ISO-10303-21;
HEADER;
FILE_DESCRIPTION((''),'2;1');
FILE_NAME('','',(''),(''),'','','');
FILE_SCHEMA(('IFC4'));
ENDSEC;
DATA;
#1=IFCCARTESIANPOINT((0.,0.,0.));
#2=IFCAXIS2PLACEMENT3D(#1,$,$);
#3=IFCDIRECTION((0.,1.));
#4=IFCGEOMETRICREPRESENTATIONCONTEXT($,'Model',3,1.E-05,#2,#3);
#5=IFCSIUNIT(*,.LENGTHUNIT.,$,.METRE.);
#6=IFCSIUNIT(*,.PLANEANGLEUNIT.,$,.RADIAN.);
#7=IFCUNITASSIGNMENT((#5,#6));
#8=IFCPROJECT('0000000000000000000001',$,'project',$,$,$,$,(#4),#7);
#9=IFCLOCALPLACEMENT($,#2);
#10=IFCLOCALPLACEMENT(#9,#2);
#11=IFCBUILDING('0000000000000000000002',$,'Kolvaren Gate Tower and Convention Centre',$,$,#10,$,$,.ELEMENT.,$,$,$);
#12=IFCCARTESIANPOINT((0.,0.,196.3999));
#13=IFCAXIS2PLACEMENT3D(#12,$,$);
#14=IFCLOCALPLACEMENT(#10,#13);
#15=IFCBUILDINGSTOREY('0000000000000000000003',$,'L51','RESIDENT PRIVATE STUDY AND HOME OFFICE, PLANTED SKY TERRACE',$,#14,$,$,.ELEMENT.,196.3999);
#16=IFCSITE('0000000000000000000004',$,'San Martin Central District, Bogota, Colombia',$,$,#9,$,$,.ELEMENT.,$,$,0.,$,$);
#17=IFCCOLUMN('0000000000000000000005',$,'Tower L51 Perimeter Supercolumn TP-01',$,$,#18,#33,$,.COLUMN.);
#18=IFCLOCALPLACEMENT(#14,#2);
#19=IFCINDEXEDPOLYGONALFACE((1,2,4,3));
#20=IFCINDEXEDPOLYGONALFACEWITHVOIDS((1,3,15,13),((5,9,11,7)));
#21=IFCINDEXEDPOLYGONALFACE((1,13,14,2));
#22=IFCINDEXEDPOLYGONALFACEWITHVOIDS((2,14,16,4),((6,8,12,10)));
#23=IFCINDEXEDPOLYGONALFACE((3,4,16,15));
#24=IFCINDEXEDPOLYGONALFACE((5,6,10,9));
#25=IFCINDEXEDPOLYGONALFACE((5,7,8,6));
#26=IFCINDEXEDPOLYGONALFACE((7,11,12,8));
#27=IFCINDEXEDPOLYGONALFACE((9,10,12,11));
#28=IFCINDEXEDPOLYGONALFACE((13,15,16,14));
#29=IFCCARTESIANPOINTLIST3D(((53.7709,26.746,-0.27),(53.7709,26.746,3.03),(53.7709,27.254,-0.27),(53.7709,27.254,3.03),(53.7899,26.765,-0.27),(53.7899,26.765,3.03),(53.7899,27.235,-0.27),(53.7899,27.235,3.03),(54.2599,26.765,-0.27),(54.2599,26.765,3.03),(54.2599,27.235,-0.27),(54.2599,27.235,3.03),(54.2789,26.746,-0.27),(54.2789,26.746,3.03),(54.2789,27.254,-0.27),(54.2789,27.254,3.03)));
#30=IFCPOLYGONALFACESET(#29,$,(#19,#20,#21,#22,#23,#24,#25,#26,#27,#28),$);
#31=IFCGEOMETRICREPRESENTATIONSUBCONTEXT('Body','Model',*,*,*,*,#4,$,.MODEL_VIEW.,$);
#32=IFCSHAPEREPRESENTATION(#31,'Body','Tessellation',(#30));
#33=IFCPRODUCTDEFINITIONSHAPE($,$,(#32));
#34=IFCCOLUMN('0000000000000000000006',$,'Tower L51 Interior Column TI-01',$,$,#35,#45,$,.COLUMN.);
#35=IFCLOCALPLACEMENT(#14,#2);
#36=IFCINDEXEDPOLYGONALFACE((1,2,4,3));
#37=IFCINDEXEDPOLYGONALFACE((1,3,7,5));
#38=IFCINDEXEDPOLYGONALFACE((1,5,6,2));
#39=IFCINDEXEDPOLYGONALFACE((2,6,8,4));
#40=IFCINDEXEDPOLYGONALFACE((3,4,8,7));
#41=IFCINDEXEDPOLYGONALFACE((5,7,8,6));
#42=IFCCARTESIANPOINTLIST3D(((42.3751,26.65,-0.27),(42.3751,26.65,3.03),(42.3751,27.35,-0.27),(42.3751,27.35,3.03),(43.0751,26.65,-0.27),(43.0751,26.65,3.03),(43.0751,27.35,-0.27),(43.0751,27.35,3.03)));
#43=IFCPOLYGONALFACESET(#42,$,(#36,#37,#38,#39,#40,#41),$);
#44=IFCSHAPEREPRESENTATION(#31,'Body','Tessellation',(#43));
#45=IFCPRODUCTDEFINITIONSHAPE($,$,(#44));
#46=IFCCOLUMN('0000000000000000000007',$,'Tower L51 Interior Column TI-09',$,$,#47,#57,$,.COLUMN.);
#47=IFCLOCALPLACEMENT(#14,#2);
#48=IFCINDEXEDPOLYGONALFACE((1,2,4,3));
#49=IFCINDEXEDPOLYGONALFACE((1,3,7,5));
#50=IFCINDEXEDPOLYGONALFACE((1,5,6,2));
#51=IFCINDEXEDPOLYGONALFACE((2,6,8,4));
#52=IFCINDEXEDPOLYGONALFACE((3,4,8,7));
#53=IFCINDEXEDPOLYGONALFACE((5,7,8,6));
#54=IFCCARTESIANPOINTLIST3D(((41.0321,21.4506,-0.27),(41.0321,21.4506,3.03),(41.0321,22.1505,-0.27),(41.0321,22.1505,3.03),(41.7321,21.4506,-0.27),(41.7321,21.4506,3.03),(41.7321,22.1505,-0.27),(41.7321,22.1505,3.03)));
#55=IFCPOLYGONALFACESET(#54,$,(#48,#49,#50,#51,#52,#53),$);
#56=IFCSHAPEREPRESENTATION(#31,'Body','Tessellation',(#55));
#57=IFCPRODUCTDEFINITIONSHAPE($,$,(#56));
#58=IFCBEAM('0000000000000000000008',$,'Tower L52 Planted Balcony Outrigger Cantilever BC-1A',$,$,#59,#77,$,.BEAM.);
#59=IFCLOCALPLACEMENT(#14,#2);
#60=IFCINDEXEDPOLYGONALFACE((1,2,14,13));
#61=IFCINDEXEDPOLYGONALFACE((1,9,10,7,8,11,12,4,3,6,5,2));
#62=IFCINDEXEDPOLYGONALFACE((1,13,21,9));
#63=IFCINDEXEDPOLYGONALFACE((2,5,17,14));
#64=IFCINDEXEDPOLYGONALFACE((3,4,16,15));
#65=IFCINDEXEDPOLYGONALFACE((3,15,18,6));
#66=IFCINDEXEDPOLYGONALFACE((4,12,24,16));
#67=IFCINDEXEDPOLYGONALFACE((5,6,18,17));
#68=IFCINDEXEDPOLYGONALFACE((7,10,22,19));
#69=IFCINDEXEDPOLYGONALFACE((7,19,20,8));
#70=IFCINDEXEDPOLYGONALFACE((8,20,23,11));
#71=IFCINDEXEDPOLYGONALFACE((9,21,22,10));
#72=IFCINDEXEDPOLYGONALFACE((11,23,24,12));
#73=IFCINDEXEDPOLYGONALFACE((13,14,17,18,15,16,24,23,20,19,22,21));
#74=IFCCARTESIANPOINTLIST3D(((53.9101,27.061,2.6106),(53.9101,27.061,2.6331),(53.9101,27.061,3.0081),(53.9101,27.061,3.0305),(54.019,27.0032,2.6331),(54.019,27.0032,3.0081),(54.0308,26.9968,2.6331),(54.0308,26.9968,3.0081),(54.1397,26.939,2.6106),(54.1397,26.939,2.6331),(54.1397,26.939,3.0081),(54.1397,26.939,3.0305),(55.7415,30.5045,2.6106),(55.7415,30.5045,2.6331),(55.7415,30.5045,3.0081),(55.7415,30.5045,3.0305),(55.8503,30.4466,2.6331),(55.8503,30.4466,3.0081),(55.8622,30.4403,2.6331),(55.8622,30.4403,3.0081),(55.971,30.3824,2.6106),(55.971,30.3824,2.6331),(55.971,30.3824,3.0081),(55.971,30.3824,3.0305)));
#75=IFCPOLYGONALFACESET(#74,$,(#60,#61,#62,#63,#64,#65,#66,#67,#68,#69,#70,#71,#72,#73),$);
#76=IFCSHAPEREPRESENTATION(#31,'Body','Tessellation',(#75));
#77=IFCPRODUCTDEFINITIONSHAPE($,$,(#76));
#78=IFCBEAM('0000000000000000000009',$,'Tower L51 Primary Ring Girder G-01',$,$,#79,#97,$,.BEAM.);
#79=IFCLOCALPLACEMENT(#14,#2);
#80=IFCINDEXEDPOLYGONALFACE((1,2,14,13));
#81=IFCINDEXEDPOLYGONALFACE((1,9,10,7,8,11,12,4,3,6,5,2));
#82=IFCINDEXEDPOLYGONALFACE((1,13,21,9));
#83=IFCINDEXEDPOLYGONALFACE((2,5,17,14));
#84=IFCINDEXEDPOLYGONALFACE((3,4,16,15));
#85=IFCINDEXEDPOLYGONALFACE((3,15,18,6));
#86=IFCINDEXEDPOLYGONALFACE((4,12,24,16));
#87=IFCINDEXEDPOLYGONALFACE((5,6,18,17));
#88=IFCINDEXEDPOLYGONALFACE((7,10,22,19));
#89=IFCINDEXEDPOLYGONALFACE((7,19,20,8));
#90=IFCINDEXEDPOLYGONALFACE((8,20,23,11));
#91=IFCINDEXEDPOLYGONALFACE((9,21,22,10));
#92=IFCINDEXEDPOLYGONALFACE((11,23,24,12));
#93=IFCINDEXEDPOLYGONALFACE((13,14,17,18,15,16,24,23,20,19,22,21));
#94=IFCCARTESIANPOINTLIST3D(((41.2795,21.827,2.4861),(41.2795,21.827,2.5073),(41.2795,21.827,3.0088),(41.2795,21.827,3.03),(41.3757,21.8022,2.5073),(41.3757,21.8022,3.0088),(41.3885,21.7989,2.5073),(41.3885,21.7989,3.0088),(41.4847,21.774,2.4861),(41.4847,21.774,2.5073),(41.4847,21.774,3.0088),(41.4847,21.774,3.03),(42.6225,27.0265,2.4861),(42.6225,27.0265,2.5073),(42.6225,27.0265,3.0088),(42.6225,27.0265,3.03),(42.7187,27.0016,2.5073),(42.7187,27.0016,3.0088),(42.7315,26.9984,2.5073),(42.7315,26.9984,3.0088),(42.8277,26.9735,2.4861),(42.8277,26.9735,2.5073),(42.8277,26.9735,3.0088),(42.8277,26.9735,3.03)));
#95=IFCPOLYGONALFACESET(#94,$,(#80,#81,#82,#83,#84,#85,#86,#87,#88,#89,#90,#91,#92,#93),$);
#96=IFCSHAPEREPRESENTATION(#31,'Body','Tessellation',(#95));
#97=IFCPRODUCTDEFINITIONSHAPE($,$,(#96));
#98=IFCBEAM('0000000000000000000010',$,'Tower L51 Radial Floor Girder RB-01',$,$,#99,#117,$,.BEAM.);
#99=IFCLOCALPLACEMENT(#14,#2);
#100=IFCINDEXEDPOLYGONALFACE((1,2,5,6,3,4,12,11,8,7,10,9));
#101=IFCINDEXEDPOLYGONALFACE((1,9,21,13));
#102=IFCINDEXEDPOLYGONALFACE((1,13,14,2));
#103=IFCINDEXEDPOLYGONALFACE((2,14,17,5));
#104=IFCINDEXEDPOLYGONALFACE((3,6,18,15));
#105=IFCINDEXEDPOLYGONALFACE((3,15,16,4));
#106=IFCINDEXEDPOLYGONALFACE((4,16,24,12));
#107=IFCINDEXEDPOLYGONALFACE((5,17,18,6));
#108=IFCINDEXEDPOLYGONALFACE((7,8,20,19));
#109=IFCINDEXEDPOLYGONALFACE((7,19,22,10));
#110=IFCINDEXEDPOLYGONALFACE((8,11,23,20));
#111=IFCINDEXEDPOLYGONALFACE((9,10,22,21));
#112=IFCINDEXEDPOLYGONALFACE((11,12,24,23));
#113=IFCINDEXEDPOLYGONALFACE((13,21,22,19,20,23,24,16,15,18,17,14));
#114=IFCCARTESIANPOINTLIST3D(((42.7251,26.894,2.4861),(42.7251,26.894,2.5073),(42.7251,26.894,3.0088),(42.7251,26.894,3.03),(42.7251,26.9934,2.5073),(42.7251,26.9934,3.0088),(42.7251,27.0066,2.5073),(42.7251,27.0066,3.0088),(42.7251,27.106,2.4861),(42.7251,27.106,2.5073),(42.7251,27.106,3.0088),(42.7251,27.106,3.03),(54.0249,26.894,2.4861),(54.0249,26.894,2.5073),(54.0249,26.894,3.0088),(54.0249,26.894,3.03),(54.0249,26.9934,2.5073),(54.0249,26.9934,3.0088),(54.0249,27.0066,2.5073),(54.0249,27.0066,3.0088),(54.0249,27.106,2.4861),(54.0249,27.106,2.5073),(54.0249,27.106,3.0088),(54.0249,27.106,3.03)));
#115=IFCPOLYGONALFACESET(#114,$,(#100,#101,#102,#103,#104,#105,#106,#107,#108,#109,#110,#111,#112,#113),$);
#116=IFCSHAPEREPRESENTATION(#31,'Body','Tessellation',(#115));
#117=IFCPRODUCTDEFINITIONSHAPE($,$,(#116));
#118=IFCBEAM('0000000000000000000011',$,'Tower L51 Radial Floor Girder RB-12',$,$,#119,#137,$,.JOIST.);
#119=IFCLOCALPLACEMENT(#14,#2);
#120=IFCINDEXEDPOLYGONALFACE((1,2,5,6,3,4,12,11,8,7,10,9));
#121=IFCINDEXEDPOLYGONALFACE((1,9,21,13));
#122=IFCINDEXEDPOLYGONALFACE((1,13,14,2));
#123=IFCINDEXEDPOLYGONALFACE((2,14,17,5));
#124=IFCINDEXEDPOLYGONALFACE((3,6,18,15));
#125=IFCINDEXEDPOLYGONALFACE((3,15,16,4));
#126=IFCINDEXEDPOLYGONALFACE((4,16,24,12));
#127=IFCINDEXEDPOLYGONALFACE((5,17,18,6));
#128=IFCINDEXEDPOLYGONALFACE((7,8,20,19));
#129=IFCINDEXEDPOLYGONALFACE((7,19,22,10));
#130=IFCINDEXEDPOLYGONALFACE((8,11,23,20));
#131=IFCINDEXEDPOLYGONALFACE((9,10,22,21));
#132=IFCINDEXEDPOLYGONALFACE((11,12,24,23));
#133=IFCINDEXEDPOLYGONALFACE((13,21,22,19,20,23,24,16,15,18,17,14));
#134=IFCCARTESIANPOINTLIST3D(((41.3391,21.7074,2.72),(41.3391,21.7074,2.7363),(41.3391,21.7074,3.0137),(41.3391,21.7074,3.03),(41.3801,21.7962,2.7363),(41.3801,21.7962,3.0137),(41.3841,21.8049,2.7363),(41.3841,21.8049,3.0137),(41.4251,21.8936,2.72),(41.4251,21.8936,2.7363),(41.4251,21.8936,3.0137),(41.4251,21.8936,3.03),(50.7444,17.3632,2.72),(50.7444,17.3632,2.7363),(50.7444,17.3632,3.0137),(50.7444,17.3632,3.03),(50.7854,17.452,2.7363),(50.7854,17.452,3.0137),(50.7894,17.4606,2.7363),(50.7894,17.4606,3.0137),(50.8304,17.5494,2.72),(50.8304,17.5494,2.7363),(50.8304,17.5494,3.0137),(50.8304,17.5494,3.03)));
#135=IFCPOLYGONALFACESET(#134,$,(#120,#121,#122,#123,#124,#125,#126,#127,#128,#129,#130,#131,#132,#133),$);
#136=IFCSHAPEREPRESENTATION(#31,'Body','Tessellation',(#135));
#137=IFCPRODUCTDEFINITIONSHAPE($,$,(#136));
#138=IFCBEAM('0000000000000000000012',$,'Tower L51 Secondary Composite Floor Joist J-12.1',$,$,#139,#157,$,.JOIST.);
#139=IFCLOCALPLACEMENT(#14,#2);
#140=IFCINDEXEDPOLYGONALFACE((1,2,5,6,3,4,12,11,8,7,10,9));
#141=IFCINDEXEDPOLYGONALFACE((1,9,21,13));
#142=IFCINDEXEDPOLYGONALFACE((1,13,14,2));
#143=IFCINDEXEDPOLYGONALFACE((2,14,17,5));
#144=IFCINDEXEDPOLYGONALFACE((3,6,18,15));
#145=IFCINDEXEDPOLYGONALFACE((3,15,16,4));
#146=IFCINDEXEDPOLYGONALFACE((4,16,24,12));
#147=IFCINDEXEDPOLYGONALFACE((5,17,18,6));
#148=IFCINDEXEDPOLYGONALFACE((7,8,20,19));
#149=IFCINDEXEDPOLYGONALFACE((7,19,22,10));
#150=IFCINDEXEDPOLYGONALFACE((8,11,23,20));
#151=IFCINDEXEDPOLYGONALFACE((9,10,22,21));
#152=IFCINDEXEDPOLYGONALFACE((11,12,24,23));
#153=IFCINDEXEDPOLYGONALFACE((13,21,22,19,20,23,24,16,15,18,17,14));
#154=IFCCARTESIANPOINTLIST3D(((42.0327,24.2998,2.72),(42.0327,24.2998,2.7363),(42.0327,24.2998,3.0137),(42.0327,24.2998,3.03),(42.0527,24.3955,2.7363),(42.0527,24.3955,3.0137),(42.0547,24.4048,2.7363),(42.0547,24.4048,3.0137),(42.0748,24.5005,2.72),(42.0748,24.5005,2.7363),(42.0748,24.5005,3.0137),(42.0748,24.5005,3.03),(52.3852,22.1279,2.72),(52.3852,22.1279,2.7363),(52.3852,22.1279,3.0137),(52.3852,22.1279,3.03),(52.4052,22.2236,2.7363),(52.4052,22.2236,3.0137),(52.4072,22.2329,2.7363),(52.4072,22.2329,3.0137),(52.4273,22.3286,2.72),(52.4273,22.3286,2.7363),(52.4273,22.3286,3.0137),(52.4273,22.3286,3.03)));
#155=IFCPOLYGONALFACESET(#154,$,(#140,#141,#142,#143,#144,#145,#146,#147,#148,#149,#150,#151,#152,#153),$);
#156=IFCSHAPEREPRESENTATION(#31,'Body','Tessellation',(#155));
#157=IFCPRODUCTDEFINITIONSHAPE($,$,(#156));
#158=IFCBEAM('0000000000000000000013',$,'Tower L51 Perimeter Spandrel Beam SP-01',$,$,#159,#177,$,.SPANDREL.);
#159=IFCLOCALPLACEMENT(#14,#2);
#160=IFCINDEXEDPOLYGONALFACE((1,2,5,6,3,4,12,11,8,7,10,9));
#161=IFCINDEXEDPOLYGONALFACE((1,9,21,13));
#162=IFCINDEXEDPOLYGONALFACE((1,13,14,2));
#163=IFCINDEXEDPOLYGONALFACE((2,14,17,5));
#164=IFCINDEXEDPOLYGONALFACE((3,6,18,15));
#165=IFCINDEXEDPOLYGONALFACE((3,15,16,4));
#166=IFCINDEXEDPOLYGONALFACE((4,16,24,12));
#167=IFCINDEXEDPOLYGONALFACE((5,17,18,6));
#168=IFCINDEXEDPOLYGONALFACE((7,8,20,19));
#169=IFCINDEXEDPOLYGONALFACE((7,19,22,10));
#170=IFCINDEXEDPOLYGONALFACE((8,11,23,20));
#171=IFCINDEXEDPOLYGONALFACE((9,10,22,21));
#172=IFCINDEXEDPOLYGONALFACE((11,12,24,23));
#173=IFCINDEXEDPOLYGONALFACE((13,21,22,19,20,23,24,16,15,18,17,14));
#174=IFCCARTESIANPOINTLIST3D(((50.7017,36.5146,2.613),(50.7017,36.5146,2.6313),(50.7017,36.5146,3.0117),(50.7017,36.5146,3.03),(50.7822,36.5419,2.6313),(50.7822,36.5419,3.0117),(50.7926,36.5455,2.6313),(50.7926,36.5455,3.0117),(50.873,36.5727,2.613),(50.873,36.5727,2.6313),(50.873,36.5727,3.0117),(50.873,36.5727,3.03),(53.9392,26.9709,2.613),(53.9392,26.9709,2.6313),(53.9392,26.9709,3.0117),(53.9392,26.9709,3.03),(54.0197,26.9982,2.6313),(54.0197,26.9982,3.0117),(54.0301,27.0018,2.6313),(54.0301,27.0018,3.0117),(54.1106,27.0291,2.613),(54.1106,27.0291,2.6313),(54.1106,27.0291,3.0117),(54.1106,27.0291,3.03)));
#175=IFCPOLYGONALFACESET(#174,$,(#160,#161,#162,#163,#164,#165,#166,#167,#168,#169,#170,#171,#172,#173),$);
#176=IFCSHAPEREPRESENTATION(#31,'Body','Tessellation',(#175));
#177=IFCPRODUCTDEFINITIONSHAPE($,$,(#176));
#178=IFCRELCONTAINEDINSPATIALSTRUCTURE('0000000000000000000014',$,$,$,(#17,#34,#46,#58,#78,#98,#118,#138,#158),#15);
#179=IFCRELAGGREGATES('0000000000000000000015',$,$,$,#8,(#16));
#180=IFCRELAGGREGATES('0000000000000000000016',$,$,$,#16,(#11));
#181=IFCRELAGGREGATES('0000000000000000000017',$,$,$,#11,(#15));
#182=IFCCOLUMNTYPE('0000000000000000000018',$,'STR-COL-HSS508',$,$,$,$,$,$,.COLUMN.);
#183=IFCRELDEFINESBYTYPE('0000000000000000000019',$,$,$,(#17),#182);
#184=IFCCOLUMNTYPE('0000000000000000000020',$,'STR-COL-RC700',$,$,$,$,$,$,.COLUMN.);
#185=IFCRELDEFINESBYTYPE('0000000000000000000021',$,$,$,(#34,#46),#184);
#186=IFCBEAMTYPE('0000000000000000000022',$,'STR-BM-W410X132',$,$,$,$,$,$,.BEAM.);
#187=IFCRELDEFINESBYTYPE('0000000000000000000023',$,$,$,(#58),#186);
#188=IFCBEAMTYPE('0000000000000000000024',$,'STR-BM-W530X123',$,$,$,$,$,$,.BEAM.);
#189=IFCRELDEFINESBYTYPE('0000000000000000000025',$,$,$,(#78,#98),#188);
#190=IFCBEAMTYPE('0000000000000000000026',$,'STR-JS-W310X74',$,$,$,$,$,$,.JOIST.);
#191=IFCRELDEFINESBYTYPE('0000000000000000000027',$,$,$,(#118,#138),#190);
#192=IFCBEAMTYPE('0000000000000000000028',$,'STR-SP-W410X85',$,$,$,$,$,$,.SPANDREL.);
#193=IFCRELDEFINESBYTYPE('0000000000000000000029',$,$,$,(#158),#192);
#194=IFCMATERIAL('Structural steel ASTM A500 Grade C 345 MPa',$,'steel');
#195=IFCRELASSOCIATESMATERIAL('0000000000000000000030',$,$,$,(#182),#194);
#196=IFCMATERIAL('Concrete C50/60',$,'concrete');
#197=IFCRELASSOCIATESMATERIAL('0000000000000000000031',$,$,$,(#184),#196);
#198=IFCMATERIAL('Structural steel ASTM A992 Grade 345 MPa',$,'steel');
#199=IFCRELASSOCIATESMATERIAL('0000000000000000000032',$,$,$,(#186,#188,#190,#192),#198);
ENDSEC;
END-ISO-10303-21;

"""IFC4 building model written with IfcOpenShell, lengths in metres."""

from ifc_helpers import new_model, si_unit, direction, frame, origin, origin_2d, place, context, subcontext, project, spatial, rectangle, hollow_rectangle, i_section, extrude, material, material_profile, profile_set, type_object, element, save


model = new_model("IFC4")

# Units and contexts
model_context = context("Model", 3, precision=1e-05, world=origin(), true_north=direction((0.0, 1.0)))
body_context = subcontext(model_context, "Body", "Model", "MODEL_VIEW")
ifc_project = project(units=[si_unit("LENGTHUNIT", "METRE"), si_unit("PLANEANGLEUNIT", "RADIAN")], contexts=[model_context])

# Site, building, storey
site_placement = place(None, origin())
site = spatial("IfcSite", under=ifc_project, at=site_placement, Name="San Martin Central District, Bogota, Colombia", CompositionType="ELEMENT", RefElevation=0.0)
building_placement = place(site_placement, origin())
building = spatial("IfcBuilding", under=site, at=building_placement, Name="Kolvaren Gate Tower and Convention Centre", CompositionType="ELEMENT")
storey_placement = place(building_placement, frame((0.0, 0.0, 196.3999)))
storey = spatial("IfcBuildingStorey", under=building, at=storey_placement, Name="L51", Description="RESIDENT PRIVATE STUDY AND HOME OFFICE, PLANTED SKY TERRACE", CompositionType="ELEMENT", Elevation=196.3999)

# Columns
ifc_material_1 = material(Name="Structural steel ASTM A500 Grade C 345 MPa", Category="steel")
ifc_material_profile_1 = material_profile(ifc_material_1, hollow_rectangle(XDim=0.5081, YDim=0.5081, WallThickness=0.019, at=origin_2d()), Name="HSS508X508X19.1")
ifc_profile_set_1 = profile_set([ifc_material_profile_1], Name="Structural steel ASTM A500 Grade C 345 MPa")
column_type_1 = type_object("IfcColumnType", Name="STR-COL-HSS508", PredefinedType="COLUMN", material=ifc_profile_set_1)
column_placement = place(storey_placement, frame((54.0249, 27.0, -0.27), z_axis=(0.0, 0.0, 1.0), x_axis=(1.0, 0.0, 0.0)))
element("IfcColumn", 1, at=column_placement, inside=storey, type_object=column_type_1, Name="Tower L51 Perimeter Supercolumn TP-01", PredefinedType="COLUMN", context=body_context, shape_type="SweptSolid", body=[
    extrude(hollow_rectangle(XDim=0.5081, YDim=0.5081, WallThickness=0.019, at=origin_2d()), origin(), (0.0, 0.0, 1.0), 3.3),
])
ifc_material_2 = material(Name="Concrete C50/60", Category="concrete")
ifc_material_profile_2 = material_profile(ifc_material_2, rectangle(XDim=0.7, YDim=0.7, at=origin_2d()), Name="RC-COL-700X700")
ifc_profile_set_2 = profile_set([ifc_material_profile_2], Name="Concrete C50/60")
column_type_2 = type_object("IfcColumnType", Name="STR-COL-RC700", PredefinedType="COLUMN", material=ifc_profile_set_2)
for number, where, z_axis, x_axis, name in (
    (2, (42.7251, 27.0, -0.27), (0.0, 0.0, 1.0), (1.0, 0.0, 0.0), "Tower L51 Interior Column TI-01"),
    (3, (41.3821, 21.8005, -0.27), (0.0, 0.0, 1.0), (1.0, 0.0, 0.0), "Tower L51 Interior Column TI-09"),
):
    element("IfcColumn", number, at=place(storey_placement, frame(where, z_axis=z_axis, x_axis=x_axis)), inside=storey, type_object=column_type_2, Name=name, PredefinedType="COLUMN", context=body_context, shape_type="SweptSolid", body=[
        extrude(rectangle(XDim=0.7, YDim=0.7, at=origin_2d()), origin(), (0.0, 0.0, 1.0), 3.3),
    ])

# Beams
ifc_material_3 = material(Name="Structural steel ASTM A992 Grade 345 MPa", Category="steel")
ifc_material_profile_3 = material_profile(ifc_material_3, i_section(OverallWidth=0.26, OverallDepth=0.4199, WebThickness=0.0134, FlangeThickness=0.0225, at=origin_2d()), Name="W410X132")
ifc_profile_set_3 = profile_set([ifc_material_profile_3], Name="Structural steel ASTM A992 Grade 345 MPa")
beam_type_1 = type_object("IfcBeamType", Name="STR-BM-W410X132", PredefinedType="BEAM", material=ifc_profile_set_3)
beam_1_placement = place(storey_placement, frame((54.0249, 27.0, 2.8206), z_axis=(0.469558, 0.882902, 0.0), x_axis=(-0.882902, 0.469558, 0.0)))
element("IfcBeam", 4, at=beam_1_placement, inside=storey, type_object=beam_type_1, Name="Tower L52 Planted Balcony Outrigger Cantilever BC-1A", PredefinedType="BEAM", context=body_context, shape_type="SweptSolid", body=[
    extrude(i_section(OverallWidth=0.26, OverallDepth=0.4199, WebThickness=0.0134, FlangeThickness=0.0225, at=origin_2d()), origin(), (0.0, 0.0, 1.0), 3.9001),
])
ifc_material_profile_4 = material_profile(ifc_material_3, i_section(OverallWidth=0.2119, OverallDepth=0.5439, WebThickness=0.0132, FlangeThickness=0.0212, at=origin_2d()), Name="W530X123")
ifc_profile_set_4 = profile_set([ifc_material_profile_4], Name="Structural steel ASTM A992 Grade 345 MPa")
beam_type_2 = type_object("IfcBeamType", Name="STR-BM-W530X123", PredefinedType="BEAM", material=ifc_profile_set_4)
beam_2_placement = place(storey_placement, frame((42.7251, 27.0, 2.7581), z_axis=(-0.250091, -0.968222, 0.0), x_axis=(0.968222, -0.250091, 0.0)))
element("IfcBeam", 5, at=beam_2_placement, inside=storey, type_object=beam_type_2, Name="Tower L51 Primary Ring Girder G-01", PredefinedType="BEAM", context=body_context, shape_type="SweptSolid", body=[
    extrude(i_section(OverallWidth=0.2119, OverallDepth=0.5439, WebThickness=0.0132, FlangeThickness=0.0212, at=origin_2d()), origin(), (0.0, 0.0, 1.0), 5.3701),
])
beam_3_placement = place(storey_placement, frame((42.7251, 27.0, 2.7581), z_axis=(1.0, 0.0, 0.0), x_axis=(0.0, 1.0, 0.0)))
element("IfcBeam", 6, at=beam_3_placement, inside=storey, type_object=beam_type_2, Name="Tower L51 Radial Floor Girder RB-01", PredefinedType="BEAM", context=body_context, shape_type="SweptSolid", body=[
    extrude(i_section(OverallWidth=0.2119, OverallDepth=0.5439, WebThickness=0.0132, FlangeThickness=0.0212, at=origin_2d()), origin(), (0.0, 0.0, 1.0), 11.2998),
])
ifc_material_profile_5 = material_profile(ifc_material_3, i_section(OverallWidth=0.2051, OverallDepth=0.3101, WebThickness=0.0095, FlangeThickness=0.0164, at=origin_2d()), Name="W310X74")
ifc_profile_set_5 = profile_set([ifc_material_profile_5], Name="Structural steel ASTM A992 Grade 345 MPa")
beam_type_3 = type_object("IfcBeamType", Name="STR-JS-W310X74", PredefinedType="JOIST", material=ifc_profile_set_5)
beam_4_placement = place(storey_placement, frame((41.3821, 21.8005, 2.875), z_axis=(0.907837, -0.419324, 0.0), x_axis=(0.419324, 0.907837, 0.0)))
element("IfcBeam", 7, at=beam_4_placement, inside=storey, type_object=beam_type_3, Name="Tower L51 Radial Floor Girder RB-12", PredefinedType="JOIST", context=body_context, shape_type="SweptSolid", body=[
    extrude(i_section(OverallWidth=0.2051, OverallDepth=0.3101, WebThickness=0.0095, FlangeThickness=0.0164, at=origin_2d()), origin(), (0.0, 0.0, 1.0), 10.3601),
])
beam_5_placement = place(storey_placement, frame((42.0537, 24.4001, 2.875), z_axis=(0.978695, -0.205322, 0.0), x_axis=(0.205322, 0.978695, 0.0)))
element("IfcBeam", 8, at=beam_5_placement, inside=storey, type_object=beam_type_3, Name="Tower L51 Secondary Composite Floor Joist J-12.1", PredefinedType="JOIST", context=body_context, shape_type="SweptSolid", body=[
    extrude(i_section(OverallWidth=0.2051, OverallDepth=0.3101, WebThickness=0.0095, FlangeThickness=0.0164, at=origin_2d()), origin(), (0.0, 0.0, 1.0), 10.5779),
])
ifc_material_profile_6 = material_profile(ifc_material_3, i_section(OverallWidth=0.1809, OverallDepth=0.417, WebThickness=0.011, FlangeThickness=0.0183, at=origin_2d()), Name="W410X85")
ifc_profile_set_6 = profile_set([ifc_material_profile_6], Name="Structural steel ASTM A992 Grade 345 MPa")
beam_type_4 = type_object("IfcBeamType", Name="STR-SP-W410X85", PredefinedType="SPANDREL", material=ifc_profile_set_6)
beam_6_placement = place(storey_placement, frame((54.0249, 27.0, 2.8215), z_axis=(-0.321253, 0.946994, 0.0), x_axis=(-0.946994, -0.321253, 0.0)))
element("IfcBeam", 9, at=beam_6_placement, inside=storey, type_object=beam_type_4, Name="Tower L51 Perimeter Spandrel Beam SP-01", PredefinedType="SPANDREL", context=body_context, shape_type="SweptSolid", body=[
    extrude(i_section(OverallWidth=0.1809, OverallDepth=0.417, WebThickness=0.011, FlangeThickness=0.0183, at=origin_2d()), origin(), (0.0, 0.0, 1.0), 10.0779),
])

save(model, "model.ifc")
